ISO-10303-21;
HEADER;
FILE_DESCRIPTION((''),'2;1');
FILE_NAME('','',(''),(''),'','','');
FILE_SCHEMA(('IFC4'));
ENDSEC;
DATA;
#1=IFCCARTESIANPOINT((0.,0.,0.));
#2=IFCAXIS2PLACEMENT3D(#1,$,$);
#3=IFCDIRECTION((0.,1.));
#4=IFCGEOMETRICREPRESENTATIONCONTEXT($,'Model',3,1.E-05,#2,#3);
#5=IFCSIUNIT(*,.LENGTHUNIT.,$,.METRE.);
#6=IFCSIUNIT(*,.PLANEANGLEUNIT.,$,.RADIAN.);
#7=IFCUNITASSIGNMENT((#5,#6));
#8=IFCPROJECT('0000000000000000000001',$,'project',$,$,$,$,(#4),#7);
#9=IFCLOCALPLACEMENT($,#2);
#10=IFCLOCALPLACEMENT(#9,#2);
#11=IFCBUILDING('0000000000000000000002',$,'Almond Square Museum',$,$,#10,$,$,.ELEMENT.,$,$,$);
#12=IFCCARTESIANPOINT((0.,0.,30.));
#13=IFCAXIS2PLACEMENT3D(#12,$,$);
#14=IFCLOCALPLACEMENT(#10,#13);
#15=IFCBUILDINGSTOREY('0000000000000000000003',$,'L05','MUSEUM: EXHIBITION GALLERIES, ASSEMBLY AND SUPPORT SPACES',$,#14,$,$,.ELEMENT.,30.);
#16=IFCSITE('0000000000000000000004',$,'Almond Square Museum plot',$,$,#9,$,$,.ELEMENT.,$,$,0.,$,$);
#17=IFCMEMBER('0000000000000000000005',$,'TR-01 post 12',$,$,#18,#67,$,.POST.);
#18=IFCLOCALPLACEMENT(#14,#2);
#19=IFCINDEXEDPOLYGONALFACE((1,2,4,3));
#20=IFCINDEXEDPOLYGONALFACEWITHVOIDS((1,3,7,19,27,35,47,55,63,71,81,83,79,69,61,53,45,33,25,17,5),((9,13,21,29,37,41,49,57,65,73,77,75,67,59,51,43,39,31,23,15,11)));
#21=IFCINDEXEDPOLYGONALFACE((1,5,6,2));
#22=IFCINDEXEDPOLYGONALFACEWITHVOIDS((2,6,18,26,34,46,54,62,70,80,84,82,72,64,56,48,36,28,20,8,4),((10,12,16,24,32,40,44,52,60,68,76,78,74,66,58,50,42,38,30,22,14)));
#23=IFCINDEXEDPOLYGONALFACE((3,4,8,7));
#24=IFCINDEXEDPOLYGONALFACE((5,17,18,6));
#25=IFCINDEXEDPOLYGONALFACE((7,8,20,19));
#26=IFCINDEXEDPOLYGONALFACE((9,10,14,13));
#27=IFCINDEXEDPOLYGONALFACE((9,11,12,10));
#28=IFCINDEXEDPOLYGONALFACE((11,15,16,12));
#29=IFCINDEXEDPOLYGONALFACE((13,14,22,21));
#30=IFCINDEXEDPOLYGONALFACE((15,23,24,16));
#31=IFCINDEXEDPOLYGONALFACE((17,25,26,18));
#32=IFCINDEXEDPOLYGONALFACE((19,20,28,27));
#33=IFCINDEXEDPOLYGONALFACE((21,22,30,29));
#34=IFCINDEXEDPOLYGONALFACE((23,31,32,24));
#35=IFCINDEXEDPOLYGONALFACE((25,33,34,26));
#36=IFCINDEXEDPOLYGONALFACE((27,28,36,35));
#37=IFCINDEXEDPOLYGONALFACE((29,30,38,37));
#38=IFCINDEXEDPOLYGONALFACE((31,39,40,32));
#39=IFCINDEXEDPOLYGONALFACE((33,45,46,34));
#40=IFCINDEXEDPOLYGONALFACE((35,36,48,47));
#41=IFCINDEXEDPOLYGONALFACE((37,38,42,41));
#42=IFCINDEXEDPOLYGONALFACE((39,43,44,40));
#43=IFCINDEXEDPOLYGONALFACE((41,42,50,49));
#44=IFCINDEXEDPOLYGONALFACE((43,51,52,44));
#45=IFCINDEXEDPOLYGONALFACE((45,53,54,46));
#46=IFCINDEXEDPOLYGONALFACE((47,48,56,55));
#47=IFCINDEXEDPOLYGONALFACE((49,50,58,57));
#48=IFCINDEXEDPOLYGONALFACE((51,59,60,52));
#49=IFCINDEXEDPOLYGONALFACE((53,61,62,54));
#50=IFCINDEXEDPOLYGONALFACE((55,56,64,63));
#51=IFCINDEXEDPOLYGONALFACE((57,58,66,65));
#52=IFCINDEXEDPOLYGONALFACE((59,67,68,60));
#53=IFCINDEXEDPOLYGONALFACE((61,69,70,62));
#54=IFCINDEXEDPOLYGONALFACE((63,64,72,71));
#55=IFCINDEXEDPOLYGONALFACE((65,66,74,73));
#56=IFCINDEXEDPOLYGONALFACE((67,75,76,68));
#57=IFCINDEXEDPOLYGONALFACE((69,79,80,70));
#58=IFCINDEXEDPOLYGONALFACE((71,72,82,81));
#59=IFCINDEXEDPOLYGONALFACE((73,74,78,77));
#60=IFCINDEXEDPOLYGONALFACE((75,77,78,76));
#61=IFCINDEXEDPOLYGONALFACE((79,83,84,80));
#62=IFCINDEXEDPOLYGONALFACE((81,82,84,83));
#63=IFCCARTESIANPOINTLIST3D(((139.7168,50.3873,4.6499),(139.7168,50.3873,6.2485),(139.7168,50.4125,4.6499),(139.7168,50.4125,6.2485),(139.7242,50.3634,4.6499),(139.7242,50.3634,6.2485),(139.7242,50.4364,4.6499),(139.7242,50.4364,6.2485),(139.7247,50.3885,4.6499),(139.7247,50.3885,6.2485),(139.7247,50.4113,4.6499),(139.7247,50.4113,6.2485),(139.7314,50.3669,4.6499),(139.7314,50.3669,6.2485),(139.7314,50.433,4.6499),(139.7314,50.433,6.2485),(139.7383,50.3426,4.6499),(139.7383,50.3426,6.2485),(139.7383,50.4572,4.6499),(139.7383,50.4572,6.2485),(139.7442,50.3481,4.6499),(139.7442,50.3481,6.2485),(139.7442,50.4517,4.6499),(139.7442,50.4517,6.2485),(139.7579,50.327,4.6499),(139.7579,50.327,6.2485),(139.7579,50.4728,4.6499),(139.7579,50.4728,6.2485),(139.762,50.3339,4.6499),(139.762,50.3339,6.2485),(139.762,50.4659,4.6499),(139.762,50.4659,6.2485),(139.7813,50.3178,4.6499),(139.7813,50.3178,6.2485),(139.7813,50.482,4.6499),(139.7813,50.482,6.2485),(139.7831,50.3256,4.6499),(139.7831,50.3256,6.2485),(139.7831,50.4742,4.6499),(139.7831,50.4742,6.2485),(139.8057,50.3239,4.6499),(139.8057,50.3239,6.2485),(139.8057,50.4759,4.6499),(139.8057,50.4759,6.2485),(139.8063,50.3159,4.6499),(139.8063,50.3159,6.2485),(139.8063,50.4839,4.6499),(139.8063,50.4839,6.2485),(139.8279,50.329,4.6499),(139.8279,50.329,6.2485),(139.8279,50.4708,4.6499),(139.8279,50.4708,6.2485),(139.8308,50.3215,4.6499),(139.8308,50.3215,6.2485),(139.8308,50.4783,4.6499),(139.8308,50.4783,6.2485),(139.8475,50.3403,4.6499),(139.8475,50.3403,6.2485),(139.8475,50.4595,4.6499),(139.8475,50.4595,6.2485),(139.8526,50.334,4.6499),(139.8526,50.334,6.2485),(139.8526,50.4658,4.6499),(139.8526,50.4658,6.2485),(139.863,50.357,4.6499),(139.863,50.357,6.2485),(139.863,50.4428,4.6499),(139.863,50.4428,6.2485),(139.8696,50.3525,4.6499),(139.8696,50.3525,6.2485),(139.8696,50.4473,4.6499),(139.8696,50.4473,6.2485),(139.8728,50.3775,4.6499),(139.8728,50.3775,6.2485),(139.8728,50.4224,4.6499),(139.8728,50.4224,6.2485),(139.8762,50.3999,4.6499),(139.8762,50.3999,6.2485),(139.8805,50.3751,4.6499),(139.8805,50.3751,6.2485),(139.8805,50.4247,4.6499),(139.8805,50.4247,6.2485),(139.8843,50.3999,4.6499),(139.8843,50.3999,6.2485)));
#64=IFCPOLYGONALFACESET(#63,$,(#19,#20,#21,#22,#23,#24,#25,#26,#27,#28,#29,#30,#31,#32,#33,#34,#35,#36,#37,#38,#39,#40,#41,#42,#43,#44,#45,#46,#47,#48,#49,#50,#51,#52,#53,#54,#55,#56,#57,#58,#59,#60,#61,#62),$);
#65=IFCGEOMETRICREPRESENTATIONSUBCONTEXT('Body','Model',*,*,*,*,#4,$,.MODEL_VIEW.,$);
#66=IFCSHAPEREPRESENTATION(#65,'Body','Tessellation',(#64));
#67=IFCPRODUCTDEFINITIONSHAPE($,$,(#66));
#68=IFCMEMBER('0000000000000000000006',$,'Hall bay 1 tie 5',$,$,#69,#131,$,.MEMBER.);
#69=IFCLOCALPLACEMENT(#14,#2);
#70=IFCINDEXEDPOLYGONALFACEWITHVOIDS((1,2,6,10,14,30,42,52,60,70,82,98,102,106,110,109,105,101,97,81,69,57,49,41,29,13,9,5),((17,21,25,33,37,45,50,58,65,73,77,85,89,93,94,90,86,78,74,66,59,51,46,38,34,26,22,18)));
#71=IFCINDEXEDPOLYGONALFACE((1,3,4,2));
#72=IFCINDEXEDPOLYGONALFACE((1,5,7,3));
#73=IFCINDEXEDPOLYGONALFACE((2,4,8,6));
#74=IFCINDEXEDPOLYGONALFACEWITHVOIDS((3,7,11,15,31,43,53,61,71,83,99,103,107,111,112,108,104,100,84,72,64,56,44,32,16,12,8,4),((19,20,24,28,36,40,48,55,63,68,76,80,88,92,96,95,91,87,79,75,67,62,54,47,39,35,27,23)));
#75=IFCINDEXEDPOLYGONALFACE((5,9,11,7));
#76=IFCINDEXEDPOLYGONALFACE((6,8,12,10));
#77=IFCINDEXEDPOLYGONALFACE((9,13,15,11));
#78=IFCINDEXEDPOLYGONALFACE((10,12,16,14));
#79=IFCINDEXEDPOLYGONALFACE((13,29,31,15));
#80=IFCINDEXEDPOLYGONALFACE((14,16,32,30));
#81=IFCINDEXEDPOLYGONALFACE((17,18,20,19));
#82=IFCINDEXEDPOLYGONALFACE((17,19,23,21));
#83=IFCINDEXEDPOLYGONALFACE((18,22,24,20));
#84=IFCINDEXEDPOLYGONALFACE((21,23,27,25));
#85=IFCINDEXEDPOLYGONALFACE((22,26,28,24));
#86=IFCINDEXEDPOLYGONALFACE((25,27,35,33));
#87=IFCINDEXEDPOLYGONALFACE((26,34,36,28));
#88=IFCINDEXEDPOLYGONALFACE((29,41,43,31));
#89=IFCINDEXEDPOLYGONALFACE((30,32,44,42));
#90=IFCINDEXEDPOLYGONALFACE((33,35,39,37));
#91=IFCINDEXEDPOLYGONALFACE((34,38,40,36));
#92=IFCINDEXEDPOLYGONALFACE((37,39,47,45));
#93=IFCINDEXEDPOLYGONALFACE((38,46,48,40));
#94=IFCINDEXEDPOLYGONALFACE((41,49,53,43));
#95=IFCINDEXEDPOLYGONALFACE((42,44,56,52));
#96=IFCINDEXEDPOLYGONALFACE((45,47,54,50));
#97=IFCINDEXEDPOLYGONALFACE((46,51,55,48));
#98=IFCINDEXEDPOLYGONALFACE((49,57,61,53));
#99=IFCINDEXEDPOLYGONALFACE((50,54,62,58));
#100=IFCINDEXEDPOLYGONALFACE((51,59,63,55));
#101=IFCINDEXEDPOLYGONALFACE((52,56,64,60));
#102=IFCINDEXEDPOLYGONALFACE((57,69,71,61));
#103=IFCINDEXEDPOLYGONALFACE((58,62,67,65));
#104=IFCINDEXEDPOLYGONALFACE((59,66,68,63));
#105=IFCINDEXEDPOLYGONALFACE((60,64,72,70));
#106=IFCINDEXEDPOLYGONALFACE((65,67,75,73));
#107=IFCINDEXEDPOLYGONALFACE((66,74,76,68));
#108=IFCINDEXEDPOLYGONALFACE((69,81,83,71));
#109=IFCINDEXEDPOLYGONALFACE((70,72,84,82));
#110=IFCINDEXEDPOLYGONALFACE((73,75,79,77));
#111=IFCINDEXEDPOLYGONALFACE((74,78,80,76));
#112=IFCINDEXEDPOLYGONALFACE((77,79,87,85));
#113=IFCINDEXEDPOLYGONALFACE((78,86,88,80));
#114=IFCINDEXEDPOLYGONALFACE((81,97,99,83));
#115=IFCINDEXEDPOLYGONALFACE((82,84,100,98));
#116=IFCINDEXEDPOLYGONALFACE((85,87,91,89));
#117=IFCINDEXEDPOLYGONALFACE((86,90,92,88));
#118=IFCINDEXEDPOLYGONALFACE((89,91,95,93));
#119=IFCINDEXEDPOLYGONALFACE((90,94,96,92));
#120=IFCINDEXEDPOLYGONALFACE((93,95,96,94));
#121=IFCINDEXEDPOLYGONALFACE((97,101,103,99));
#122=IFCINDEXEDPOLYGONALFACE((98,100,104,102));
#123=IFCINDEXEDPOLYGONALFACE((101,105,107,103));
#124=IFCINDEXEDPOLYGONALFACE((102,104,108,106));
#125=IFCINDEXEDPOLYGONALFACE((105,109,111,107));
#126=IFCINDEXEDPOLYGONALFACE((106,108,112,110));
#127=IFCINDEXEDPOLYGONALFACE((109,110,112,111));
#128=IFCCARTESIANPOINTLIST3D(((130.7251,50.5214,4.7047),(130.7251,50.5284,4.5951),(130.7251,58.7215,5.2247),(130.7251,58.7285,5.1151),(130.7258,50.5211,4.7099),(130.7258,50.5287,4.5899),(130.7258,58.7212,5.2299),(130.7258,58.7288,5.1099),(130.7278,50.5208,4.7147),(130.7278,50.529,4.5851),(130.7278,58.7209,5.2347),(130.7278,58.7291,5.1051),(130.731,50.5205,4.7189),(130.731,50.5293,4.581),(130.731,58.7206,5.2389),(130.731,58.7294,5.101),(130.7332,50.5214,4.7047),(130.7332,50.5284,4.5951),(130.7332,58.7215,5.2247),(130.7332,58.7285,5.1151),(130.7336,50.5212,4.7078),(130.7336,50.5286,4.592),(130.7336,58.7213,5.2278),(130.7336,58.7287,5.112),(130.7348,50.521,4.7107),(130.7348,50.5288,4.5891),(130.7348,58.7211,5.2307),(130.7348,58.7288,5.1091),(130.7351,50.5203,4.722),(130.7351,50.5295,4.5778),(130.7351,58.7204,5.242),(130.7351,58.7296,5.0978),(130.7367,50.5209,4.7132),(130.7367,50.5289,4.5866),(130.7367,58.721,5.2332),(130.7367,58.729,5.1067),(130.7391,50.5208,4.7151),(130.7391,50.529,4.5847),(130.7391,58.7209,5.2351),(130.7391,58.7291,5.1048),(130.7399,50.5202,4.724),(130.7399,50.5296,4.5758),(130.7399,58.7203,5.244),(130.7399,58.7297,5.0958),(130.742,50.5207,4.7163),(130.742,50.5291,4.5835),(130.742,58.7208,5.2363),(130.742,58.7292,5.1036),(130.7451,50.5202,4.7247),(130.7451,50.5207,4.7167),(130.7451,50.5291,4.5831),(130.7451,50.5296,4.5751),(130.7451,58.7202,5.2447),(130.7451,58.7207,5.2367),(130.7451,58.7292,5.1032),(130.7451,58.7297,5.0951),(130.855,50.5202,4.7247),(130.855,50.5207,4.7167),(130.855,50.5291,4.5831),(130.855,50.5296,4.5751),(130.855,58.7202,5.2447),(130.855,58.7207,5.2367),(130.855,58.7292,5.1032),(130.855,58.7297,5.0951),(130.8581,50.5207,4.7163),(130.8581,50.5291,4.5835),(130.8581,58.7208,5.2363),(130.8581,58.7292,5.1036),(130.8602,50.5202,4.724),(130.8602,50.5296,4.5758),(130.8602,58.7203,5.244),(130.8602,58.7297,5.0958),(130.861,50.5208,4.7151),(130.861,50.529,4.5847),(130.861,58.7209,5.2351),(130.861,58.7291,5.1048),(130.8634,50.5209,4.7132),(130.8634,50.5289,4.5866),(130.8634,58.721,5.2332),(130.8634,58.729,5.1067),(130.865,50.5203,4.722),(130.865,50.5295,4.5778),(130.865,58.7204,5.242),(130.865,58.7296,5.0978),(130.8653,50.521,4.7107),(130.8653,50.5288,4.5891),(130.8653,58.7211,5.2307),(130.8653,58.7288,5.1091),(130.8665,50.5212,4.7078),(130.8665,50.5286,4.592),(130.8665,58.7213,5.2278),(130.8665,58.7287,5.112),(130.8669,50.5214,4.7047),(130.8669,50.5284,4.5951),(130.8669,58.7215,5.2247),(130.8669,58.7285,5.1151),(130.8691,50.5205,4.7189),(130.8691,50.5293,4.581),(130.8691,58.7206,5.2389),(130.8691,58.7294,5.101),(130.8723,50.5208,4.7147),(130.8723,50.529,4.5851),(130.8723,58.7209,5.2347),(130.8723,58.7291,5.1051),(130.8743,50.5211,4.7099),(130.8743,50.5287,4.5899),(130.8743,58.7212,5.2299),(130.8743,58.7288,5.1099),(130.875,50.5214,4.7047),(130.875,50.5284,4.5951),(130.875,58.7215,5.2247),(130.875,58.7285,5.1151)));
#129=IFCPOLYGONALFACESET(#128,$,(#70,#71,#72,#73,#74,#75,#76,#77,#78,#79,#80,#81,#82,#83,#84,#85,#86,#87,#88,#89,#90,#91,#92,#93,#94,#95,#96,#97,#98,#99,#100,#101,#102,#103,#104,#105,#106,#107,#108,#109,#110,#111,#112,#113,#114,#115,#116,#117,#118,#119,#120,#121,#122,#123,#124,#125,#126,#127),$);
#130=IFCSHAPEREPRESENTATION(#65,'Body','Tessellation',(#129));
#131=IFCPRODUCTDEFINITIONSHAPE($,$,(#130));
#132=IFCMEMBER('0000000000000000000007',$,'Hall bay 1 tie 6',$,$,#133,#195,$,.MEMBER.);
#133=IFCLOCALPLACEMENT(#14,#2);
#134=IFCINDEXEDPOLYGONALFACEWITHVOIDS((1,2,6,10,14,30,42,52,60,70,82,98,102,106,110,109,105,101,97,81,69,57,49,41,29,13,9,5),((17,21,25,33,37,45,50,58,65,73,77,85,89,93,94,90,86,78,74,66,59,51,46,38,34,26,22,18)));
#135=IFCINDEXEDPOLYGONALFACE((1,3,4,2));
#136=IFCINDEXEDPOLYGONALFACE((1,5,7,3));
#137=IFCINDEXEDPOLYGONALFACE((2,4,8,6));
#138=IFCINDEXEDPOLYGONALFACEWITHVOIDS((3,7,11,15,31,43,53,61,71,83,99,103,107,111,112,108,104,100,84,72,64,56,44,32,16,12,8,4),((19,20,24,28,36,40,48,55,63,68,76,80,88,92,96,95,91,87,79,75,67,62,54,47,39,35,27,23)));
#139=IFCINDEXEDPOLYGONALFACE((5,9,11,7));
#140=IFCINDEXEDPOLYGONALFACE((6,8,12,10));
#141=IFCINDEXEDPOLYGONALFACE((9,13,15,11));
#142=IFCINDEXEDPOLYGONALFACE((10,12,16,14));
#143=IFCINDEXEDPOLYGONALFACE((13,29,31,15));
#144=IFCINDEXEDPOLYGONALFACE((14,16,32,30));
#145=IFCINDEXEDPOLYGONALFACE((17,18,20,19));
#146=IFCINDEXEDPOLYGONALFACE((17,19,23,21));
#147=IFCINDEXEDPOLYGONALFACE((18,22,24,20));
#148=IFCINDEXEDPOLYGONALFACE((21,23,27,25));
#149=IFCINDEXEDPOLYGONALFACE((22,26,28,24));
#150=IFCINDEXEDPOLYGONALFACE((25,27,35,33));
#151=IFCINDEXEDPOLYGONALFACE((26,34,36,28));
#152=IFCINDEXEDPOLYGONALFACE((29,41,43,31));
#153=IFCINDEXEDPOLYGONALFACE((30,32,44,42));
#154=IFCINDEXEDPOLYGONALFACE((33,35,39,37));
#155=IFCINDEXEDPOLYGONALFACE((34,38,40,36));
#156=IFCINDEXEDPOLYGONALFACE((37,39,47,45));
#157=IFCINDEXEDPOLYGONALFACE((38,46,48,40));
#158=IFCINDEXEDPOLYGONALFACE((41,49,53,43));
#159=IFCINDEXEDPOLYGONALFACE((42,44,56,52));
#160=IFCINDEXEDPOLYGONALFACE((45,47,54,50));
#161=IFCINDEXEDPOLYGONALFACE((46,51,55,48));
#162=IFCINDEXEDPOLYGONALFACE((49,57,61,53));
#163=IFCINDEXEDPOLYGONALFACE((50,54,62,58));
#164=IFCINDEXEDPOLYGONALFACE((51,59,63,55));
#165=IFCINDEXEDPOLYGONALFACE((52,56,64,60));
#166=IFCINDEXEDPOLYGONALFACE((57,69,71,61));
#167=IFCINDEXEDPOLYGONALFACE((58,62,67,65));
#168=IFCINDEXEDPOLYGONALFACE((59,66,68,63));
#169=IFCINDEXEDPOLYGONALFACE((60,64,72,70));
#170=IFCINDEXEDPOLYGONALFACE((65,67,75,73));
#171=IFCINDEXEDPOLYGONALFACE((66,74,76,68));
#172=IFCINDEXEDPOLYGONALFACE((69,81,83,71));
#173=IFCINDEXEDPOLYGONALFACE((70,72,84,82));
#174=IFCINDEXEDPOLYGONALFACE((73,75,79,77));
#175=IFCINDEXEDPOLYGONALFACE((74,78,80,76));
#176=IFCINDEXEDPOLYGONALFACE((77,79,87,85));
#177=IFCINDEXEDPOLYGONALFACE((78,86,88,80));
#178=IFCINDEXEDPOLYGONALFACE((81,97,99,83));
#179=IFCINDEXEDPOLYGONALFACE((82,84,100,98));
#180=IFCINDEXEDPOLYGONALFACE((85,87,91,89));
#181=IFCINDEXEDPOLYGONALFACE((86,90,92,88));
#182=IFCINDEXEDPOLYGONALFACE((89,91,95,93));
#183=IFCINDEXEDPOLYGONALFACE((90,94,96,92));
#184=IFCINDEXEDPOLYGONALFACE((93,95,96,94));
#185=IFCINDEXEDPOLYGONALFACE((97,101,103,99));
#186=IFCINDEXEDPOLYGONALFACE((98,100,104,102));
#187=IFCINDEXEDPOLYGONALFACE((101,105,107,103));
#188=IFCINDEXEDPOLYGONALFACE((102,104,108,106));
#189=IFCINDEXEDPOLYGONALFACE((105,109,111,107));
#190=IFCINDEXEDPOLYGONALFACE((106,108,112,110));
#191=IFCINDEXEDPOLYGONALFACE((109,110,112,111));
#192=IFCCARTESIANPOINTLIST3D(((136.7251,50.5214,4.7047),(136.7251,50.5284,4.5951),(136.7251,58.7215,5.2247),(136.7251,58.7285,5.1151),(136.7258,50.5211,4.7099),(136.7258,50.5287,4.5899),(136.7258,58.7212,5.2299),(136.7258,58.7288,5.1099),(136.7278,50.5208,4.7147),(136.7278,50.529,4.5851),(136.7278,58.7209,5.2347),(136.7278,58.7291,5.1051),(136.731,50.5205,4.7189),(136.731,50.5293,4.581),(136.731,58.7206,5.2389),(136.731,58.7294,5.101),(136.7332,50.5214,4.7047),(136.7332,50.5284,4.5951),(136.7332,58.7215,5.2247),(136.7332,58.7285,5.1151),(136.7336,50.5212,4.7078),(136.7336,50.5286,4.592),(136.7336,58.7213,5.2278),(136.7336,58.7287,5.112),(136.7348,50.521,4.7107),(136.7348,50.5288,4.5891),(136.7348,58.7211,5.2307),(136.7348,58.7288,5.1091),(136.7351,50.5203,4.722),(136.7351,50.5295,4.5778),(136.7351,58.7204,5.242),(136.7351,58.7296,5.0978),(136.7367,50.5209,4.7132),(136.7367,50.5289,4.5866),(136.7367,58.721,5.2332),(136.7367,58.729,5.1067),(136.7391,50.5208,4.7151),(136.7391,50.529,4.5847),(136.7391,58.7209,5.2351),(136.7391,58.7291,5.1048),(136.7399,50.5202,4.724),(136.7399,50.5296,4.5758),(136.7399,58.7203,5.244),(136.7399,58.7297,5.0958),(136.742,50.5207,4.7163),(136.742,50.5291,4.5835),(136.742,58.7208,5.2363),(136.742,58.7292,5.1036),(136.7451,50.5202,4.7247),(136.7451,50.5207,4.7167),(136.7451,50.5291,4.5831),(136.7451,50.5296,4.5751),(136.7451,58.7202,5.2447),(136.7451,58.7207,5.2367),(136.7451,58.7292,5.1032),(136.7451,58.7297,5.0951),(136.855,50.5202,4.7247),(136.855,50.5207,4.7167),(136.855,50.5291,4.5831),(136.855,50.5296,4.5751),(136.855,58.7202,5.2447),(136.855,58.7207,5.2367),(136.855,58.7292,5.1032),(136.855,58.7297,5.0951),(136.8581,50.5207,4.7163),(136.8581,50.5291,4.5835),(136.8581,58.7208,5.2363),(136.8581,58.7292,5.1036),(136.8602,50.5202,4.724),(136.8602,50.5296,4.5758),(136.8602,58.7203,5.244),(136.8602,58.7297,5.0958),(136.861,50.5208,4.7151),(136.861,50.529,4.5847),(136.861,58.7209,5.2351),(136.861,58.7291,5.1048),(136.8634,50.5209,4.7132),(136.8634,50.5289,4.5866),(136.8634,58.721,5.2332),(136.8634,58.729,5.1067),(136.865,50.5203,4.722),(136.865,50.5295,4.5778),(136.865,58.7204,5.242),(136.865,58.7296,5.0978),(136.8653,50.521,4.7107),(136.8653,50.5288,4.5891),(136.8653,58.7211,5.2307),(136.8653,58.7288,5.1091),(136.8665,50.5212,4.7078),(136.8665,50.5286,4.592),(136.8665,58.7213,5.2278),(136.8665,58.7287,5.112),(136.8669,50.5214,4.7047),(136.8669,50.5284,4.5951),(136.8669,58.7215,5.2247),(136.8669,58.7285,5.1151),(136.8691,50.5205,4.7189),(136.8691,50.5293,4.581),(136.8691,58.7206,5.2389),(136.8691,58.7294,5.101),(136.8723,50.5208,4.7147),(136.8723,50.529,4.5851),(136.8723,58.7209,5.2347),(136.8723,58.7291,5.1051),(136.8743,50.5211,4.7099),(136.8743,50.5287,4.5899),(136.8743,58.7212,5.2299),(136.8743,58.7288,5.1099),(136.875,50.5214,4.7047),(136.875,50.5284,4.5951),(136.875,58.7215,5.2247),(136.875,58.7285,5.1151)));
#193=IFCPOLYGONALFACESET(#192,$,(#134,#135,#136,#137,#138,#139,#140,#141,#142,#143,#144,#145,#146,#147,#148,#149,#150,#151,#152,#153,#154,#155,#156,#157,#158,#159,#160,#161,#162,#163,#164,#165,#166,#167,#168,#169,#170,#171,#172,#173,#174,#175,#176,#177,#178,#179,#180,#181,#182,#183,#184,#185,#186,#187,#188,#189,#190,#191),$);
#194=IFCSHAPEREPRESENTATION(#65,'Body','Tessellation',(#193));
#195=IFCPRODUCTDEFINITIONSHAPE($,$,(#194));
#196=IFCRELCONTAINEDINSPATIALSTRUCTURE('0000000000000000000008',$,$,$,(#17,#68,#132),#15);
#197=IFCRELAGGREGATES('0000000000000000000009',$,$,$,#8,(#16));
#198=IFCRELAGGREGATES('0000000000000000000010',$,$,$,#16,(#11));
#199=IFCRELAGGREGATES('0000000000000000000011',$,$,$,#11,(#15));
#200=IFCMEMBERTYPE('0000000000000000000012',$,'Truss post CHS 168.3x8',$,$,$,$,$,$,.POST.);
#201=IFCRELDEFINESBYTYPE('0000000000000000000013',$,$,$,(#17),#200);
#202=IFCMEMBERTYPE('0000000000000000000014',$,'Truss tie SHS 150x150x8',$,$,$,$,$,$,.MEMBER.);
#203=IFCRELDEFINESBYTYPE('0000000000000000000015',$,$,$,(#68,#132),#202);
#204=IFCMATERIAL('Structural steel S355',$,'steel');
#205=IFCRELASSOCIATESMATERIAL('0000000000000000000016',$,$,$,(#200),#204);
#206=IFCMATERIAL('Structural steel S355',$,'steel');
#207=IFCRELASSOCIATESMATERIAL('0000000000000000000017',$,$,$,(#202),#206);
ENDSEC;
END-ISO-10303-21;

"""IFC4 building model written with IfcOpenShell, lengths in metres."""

from ifc_helpers import new_model, si_unit, direction, frame, origin, origin_2d, place, context, subcontext, project, spatial, hollow_rectangle, hollow_circle, extrude, material, material_profile, profile_set, type_object, element, save


model = new_model("IFC4")

# Units and contexts
model_context = context("Model", 3, precision=1e-05, world=origin(), true_north=direction((0.0, 1.0)))
body_context = subcontext(model_context, "Body", "Model", "MODEL_VIEW")
ifc_project = project(units=[si_unit("LENGTHUNIT", "METRE"), si_unit("PLANEANGLEUNIT", "RADIAN")], contexts=[model_context])

# Site, building, storey
site_placement = place(None, origin())
site = spatial("IfcSite", under=ifc_project, at=site_placement, Name="Almond Square Museum plot", CompositionType="ELEMENT", RefElevation=0.0)
building_placement = place(site_placement, origin())
building = spatial("IfcBuilding", under=site, at=building_placement, Name="Almond Square Museum", CompositionType="ELEMENT")
storey_placement = place(building_placement, frame((0.0, 0.0, 30.0)))
storey = spatial("IfcBuildingStorey", under=building, at=storey_placement, Name="L05", Description="MUSEUM: EXHIBITION GALLERIES, ASSEMBLY AND SUPPORT SPACES", CompositionType="ELEMENT", Elevation=30.0)

# Members
ifc_material_1 = material(Name="Structural steel S355", Category="steel")
ifc_material_profile_1 = material_profile(ifc_material_1, hollow_circle(Radius=0.0842, WallThickness=0.0081, at=origin_2d()))
ifc_profile_set_1 = profile_set([ifc_material_profile_1], Name="Structural steel S355")
member_type_1 = type_object("IfcMemberType", Name="Truss post CHS 168.3x8", PredefinedType="POST", material=ifc_profile_set_1)
for number, where, z_axis, x_axis, name in (
    (1, (139.8, 50.3999, 4.6499), (0.0, 0.0, 1.0), (1.0, 0.0, 0.0), "TR-01 post 12"),
):
    element("IfcMember", number, at=place(storey_placement, frame(where, z_axis=z_axis, x_axis=x_axis)), inside=storey, type_object=member_type_1, Name=name, PredefinedType="POST", context=body_context, shape_type="SweptSolid", body=[
        extrude(hollow_circle(Radius=0.0842, WallThickness=0.0081, at=origin_2d()), origin(), (0.0, 0.0, 1.0), 1.5986),
    ])
ifc_material_2 = material(Name="Structural steel S355", Category="steel")
ifc_material_profile_2 = material_profile(ifc_material_2, hollow_rectangle(XDim=0.1499, YDim=0.1499, WallThickness=0.0081, InnerFilletRadius=0.012, OuterFilletRadius=0.02, at=origin_2d()))
ifc_profile_set_2 = profile_set([ifc_material_profile_2], Name="Structural steel S355")
member_type_2 = type_object("IfcMemberType", Name="Truss tie SHS 150x150x8", PredefinedType="MEMBER", material=ifc_profile_set_2)
for number, where, z_axis, x_axis, name in (
    (2, (130.8, 50.5249, 4.6499), (0.0, 0.997995, 0.063288), (-1.0, 0.0, 0.0), "Hall bay 1 tie 5"),
    (3, (136.8, 50.5249, 4.6499), (0.0, 0.997995, 0.063288), (-1.0, 0.0, 0.0), "Hall bay 1 tie 6"),
):
    element("IfcMember", number, at=place(storey_placement, frame(where, z_axis=z_axis, x_axis=x_axis)), inside=storey, type_object=member_type_2, Name=name, PredefinedType="MEMBER", context=body_context, shape_type="SweptSolid", body=[
        extrude(hollow_rectangle(XDim=0.1499, YDim=0.1499, WallThickness=0.0081, InnerFilletRadius=0.012, OuterFilletRadius=0.02, at=origin_2d()), origin(), (0.0, 0.0, 1.0), 8.2166),
    ])

save(model, "model.ifc")
